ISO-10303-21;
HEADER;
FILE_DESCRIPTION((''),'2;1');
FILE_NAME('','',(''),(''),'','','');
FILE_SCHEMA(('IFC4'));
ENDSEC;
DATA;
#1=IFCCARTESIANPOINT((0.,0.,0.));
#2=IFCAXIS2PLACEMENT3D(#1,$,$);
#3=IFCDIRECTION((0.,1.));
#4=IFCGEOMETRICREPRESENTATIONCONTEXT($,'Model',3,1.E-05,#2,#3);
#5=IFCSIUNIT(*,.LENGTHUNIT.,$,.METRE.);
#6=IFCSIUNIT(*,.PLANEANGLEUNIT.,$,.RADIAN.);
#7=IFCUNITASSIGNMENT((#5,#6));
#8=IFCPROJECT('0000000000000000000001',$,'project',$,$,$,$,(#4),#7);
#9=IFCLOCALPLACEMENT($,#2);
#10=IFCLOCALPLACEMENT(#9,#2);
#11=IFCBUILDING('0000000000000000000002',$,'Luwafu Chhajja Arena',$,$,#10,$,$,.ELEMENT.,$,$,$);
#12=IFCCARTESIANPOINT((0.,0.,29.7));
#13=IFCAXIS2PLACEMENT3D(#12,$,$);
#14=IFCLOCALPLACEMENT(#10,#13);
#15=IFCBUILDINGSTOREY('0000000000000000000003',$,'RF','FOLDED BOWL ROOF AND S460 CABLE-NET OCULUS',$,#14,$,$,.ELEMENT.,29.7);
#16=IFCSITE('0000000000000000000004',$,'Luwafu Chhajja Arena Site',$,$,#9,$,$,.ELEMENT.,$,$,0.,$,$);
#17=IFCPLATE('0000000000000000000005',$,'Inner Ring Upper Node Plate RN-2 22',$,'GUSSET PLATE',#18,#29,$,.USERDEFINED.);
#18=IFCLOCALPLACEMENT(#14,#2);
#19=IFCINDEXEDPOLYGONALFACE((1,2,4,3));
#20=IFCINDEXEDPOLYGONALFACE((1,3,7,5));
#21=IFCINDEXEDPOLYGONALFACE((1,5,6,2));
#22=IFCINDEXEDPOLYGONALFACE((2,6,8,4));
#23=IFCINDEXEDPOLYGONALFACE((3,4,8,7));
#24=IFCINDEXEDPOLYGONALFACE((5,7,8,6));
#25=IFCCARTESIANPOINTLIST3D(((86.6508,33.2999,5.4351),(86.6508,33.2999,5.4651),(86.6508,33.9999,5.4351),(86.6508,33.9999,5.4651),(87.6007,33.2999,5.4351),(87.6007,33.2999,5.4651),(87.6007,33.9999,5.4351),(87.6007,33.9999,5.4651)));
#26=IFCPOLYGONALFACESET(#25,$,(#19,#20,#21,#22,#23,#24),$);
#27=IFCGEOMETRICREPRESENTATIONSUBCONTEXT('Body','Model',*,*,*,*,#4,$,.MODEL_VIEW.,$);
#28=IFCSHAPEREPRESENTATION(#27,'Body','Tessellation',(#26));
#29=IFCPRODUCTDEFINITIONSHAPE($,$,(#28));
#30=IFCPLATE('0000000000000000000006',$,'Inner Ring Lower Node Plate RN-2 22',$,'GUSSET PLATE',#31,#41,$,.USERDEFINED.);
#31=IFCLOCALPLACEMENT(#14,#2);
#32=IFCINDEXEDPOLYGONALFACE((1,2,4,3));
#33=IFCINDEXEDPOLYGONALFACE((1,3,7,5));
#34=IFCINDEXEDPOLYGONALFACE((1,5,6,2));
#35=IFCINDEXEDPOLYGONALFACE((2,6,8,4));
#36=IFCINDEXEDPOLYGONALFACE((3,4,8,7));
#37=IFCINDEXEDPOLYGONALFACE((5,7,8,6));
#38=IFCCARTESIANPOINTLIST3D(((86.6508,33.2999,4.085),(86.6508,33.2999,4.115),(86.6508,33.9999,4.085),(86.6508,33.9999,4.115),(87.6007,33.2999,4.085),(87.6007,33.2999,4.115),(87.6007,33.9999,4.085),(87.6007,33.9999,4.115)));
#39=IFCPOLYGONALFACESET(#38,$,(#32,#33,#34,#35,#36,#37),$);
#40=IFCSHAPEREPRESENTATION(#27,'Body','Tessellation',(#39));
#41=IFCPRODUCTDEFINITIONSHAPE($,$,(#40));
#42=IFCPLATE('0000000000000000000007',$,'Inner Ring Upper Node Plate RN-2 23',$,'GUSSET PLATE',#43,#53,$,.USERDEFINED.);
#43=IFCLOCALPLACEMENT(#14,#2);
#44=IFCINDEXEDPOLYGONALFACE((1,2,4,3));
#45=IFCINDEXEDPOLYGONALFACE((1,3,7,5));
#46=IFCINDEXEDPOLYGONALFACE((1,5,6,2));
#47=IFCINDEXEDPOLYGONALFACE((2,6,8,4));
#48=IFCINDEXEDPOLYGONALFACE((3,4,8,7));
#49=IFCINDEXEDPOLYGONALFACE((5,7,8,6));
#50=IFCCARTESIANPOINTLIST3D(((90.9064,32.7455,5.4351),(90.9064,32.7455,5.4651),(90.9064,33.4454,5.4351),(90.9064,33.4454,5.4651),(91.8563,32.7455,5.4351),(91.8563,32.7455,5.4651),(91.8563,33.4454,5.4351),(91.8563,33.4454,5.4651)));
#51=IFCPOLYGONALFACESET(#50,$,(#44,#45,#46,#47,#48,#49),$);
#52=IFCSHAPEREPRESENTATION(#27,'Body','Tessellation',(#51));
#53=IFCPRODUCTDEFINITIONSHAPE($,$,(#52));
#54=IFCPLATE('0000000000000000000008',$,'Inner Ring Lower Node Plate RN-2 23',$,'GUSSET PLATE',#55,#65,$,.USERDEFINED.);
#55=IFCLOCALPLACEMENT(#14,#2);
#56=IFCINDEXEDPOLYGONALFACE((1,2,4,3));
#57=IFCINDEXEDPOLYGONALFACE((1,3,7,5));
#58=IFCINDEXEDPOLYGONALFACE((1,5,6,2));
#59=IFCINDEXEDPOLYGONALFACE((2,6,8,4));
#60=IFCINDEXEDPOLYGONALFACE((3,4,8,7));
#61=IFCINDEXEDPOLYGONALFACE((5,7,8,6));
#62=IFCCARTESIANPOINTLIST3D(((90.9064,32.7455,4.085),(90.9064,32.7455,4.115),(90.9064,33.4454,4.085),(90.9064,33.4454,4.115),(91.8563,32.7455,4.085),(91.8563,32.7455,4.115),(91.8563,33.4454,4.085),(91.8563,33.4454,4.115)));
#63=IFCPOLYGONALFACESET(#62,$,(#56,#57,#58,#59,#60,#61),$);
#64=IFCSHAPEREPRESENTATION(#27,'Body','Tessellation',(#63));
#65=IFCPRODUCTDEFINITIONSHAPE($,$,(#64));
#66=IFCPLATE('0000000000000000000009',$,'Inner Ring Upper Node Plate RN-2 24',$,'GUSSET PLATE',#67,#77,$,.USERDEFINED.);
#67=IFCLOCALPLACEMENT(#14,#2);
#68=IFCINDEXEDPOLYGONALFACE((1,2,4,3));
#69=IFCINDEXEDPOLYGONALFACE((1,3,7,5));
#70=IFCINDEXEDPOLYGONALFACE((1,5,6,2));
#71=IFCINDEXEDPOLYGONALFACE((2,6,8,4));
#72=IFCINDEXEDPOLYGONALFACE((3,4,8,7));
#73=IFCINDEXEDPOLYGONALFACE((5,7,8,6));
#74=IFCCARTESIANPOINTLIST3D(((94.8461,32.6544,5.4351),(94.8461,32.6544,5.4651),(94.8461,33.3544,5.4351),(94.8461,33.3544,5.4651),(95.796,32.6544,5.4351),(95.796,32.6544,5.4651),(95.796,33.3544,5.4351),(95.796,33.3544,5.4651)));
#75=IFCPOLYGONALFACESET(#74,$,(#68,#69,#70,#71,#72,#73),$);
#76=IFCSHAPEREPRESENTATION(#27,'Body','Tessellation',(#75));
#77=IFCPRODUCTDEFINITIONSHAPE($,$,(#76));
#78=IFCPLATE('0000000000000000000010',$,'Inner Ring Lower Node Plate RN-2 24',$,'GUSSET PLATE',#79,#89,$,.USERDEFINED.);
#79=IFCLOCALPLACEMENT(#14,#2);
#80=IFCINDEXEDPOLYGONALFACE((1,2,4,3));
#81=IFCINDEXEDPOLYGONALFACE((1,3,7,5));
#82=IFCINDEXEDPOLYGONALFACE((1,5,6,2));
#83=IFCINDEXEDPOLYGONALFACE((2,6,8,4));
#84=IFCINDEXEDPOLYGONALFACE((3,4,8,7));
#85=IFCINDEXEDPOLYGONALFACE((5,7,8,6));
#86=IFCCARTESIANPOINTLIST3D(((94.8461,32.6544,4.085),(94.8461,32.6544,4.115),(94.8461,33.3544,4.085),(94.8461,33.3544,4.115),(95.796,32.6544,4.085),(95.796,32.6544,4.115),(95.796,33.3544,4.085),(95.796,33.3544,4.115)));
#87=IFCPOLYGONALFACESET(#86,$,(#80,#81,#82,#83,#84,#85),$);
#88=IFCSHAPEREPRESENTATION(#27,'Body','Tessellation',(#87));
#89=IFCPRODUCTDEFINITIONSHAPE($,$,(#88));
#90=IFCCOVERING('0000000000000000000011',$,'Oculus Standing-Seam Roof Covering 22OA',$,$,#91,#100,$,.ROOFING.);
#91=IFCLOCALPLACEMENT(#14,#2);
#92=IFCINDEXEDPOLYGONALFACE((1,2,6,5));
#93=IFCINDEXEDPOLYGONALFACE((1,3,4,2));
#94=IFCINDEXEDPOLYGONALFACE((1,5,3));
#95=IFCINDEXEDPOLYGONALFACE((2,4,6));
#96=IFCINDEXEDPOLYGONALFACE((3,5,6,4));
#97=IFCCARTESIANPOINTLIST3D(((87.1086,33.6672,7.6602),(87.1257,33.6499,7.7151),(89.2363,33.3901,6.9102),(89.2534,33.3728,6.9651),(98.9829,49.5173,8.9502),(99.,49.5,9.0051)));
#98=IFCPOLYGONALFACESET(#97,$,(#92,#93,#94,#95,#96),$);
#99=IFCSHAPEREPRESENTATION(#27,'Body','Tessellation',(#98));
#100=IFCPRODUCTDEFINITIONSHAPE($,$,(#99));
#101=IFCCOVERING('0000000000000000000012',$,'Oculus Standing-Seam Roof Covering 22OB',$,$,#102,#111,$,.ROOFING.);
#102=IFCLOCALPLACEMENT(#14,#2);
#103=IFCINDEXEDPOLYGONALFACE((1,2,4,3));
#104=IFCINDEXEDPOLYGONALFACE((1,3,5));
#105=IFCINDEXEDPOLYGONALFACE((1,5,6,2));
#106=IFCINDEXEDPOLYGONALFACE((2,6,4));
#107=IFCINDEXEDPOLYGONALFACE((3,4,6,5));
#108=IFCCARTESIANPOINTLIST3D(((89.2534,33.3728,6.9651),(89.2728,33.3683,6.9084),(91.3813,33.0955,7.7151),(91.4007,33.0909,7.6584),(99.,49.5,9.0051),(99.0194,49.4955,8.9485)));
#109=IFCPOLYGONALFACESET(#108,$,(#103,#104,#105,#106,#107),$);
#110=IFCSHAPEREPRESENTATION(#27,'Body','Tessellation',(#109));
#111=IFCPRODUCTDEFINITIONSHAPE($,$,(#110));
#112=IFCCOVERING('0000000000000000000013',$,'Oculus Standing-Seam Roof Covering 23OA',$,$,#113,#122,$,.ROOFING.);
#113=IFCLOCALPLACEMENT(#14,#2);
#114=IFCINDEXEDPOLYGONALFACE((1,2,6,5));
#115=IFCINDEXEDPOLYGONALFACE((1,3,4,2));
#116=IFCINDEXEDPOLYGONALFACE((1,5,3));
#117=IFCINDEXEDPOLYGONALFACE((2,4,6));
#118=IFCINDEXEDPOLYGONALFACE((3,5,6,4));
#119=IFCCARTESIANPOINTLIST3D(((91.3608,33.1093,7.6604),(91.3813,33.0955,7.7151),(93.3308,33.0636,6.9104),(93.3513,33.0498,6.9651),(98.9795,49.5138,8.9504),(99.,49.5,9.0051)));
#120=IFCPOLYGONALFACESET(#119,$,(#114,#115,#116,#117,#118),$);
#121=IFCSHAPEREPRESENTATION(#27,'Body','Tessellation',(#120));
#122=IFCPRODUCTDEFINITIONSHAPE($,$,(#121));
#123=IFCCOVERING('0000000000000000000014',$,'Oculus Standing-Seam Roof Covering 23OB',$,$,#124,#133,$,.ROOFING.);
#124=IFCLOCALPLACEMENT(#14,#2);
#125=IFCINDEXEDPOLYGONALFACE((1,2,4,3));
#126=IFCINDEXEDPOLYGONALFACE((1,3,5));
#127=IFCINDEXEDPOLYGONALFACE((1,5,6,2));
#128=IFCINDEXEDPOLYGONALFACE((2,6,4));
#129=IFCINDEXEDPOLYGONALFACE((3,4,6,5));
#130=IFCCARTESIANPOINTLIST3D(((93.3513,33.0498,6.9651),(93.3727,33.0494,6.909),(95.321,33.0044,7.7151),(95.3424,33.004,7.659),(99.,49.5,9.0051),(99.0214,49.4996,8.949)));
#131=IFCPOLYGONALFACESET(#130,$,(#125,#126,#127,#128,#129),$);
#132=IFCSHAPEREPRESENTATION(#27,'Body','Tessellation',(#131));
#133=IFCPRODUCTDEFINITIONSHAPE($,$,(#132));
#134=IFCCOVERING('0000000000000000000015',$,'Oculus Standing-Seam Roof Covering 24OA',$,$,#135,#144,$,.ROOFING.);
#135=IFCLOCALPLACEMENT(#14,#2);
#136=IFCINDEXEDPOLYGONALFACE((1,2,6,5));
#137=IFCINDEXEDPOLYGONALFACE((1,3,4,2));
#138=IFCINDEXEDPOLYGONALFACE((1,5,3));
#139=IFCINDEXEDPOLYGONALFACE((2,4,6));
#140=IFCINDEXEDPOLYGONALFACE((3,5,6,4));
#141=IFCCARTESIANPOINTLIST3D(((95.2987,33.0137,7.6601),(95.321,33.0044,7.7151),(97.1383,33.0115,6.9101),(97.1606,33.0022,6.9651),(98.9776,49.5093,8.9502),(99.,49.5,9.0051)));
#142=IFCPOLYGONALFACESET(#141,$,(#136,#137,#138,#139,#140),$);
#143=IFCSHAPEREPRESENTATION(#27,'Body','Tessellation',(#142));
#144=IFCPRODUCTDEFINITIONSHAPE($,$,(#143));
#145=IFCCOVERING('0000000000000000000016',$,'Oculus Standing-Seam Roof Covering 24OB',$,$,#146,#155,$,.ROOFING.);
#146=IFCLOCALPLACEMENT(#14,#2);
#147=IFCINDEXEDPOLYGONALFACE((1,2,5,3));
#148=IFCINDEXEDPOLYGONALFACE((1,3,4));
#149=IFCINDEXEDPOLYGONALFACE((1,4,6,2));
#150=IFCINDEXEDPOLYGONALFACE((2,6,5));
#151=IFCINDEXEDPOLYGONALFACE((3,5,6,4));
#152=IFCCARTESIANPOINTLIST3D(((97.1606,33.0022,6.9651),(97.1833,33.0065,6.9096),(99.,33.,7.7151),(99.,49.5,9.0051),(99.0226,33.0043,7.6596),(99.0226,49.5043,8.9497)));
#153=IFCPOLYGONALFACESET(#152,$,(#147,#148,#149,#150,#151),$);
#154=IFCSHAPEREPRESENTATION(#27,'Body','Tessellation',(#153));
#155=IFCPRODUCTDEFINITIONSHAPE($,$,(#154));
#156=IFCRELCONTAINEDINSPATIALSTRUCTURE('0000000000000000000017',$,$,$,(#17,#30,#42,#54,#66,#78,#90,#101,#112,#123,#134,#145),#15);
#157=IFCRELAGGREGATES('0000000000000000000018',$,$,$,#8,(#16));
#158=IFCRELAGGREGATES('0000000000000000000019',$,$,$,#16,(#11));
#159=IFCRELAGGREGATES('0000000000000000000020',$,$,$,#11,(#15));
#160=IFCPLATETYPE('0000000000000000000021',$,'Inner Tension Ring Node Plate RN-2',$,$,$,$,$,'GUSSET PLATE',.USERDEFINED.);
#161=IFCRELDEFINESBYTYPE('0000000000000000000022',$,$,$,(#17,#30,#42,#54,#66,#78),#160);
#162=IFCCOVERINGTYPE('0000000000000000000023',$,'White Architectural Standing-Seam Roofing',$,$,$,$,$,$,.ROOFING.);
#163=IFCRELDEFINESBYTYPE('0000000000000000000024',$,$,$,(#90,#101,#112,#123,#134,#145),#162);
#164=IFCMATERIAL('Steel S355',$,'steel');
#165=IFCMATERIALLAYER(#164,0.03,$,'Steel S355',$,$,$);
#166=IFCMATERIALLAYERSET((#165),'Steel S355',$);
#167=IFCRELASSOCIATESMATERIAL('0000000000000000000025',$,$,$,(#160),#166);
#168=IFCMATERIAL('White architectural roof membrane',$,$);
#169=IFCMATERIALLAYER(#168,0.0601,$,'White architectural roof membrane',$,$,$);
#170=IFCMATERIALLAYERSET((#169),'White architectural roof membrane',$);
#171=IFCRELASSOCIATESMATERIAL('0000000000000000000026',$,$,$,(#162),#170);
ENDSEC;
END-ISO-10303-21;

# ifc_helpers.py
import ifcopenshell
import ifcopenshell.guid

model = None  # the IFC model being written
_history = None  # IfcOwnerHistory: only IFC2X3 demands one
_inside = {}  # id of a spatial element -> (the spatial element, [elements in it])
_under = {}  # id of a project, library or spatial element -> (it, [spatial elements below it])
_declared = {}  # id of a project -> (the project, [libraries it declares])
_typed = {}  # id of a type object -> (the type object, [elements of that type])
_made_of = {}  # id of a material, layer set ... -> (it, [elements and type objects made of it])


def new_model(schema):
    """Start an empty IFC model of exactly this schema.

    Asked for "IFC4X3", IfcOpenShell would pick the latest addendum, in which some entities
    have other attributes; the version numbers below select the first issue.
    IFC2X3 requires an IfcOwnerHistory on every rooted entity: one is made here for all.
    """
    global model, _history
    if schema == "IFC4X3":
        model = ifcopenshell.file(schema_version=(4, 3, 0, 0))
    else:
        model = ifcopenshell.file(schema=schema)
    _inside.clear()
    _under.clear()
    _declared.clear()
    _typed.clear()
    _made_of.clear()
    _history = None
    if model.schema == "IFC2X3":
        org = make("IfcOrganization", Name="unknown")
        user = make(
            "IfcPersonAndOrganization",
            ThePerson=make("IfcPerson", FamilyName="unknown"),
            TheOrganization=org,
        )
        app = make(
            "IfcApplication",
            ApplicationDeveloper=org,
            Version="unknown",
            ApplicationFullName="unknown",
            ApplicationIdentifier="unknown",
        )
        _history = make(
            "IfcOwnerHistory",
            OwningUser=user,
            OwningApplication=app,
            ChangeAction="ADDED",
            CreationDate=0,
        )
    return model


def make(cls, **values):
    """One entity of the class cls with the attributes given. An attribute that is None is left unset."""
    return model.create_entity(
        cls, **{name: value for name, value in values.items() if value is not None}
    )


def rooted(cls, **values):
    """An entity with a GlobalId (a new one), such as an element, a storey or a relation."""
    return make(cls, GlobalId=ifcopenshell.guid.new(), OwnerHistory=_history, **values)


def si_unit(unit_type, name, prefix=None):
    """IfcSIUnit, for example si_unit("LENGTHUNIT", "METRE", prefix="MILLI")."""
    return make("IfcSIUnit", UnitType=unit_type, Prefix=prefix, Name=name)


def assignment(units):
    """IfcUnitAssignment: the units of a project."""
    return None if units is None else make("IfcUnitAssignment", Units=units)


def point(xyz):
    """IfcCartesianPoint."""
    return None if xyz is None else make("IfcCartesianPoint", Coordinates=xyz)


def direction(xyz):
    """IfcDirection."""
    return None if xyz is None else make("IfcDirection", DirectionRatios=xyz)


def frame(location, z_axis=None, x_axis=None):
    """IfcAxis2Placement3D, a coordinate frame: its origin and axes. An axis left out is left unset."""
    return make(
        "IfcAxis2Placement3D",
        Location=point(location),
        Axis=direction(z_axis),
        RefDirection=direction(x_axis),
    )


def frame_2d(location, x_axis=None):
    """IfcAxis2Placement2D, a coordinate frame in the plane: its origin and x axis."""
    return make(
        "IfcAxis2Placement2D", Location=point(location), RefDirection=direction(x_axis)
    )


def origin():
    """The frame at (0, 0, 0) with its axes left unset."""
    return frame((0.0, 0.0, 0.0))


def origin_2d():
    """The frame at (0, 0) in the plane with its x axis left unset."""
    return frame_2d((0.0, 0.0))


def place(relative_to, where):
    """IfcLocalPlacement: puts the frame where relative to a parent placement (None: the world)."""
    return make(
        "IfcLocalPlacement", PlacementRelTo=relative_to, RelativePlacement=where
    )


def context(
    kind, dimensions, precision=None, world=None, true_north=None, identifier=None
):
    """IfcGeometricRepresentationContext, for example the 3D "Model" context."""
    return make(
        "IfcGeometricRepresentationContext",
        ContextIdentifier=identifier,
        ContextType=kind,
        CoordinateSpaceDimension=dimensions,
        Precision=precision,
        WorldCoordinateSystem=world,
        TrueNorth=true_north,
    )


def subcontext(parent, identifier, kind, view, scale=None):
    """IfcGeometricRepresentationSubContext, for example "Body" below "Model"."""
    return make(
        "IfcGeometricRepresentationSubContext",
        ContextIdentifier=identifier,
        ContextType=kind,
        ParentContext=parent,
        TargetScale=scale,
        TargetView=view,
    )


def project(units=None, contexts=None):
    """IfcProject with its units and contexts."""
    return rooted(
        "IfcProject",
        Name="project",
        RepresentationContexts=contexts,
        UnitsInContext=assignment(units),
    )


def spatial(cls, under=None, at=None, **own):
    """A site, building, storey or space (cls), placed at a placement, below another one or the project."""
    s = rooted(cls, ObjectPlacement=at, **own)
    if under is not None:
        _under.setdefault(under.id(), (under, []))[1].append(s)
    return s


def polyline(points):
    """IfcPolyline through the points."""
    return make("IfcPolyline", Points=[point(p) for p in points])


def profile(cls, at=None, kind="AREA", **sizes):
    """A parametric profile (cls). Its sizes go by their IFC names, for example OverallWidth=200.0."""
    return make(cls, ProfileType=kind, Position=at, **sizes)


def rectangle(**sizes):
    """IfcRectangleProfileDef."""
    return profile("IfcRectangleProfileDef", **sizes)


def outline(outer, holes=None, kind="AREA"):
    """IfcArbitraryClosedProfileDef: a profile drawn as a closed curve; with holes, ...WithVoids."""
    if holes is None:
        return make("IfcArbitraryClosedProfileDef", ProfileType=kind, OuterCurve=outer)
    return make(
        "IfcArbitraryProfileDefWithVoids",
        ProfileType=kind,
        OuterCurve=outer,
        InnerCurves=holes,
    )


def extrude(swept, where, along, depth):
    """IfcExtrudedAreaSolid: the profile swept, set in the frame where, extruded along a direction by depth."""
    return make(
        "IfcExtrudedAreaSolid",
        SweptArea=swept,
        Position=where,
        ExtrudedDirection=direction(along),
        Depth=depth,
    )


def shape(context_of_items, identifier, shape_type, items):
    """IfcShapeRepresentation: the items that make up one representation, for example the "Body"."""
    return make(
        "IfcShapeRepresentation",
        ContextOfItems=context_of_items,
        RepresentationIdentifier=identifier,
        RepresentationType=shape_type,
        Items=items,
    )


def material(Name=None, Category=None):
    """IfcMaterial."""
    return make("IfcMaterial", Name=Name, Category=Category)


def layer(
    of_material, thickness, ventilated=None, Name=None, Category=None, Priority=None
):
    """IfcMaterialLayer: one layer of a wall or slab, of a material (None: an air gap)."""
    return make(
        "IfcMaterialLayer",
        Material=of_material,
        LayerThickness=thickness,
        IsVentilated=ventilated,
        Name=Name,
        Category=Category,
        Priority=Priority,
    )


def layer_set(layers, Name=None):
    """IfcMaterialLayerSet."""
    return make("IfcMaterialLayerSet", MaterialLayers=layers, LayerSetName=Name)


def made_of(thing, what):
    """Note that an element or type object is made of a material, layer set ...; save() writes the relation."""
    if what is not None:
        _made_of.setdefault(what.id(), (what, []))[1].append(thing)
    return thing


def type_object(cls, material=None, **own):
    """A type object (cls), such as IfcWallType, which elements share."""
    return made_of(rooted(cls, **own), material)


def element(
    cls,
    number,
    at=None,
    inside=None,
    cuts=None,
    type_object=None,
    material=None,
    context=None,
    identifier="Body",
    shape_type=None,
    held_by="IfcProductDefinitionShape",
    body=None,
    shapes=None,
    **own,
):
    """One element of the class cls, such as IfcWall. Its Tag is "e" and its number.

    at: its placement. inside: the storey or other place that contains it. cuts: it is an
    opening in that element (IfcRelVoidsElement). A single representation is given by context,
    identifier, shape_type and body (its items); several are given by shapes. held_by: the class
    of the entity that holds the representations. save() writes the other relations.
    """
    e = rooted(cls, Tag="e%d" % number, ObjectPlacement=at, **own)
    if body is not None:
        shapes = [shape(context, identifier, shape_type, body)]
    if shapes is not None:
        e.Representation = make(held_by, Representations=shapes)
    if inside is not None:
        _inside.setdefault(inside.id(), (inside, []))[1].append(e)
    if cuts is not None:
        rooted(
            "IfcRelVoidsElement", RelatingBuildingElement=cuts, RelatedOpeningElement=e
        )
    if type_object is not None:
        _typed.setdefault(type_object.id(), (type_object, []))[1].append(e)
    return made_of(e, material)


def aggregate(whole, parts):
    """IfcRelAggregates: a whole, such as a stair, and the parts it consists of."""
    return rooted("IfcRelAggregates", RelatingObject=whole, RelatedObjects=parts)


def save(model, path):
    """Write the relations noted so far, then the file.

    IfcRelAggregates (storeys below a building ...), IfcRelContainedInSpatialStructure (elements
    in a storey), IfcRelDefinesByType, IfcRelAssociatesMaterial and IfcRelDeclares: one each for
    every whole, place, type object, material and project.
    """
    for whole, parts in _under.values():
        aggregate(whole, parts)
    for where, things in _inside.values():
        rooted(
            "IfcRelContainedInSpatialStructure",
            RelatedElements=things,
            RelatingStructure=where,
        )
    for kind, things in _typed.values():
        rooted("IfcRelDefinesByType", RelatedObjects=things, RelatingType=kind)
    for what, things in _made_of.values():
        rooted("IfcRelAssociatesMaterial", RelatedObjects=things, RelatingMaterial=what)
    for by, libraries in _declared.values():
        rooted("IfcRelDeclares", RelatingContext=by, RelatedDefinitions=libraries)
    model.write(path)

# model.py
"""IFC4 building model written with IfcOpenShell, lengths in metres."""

from ifc_helpers import new_model, si_unit, direction, frame, origin, origin_2d, place, context, subcontext, project, spatial, polyline, rectangle, outline, extrude, material, layer, layer_set, type_object, element, save


model = new_model("IFC4")

# Units and contexts
model_context = context("Model", 3, precision=1e-05, world=origin(), true_north=direction((0.0, 1.0)))
body_context = subcontext(model_context, "Body", "Model", "MODEL_VIEW")
ifc_project = project(units=[si_unit("LENGTHUNIT", "METRE"), si_unit("PLANEANGLEUNIT", "RADIAN")], contexts=[model_context])

# Site, building, storey
site_placement = place(None, origin())
site = spatial("IfcSite", under=ifc_project, at=site_placement, Name="Luwafu Chhajja Arena Site", CompositionType="ELEMENT", RefElevation=0.0)
building_placement = place(site_placement, origin())
building = spatial("IfcBuilding", under=site, at=building_placement, Name="Luwafu Chhajja Arena", CompositionType="ELEMENT")
storey_placement = place(building_placement, frame((0.0, 0.0, 29.7)))
storey = spatial("IfcBuildingStorey", under=building, at=storey_placement, Name="RF", Description="FOLDED BOWL ROOF AND S460 CABLE-NET OCULUS", CompositionType="ELEMENT", Elevation=29.7)

# Shared definitions
ifc_material_1 = material(Name="Steel S355", Category="steel")

# Plates
ifc_layer_1 = layer(ifc_material_1, 0.03, Name="Steel S355")
ifc_layer_set_1 = layer_set([ifc_layer_1], Name="Steel S355")
plate_type = type_object("IfcPlateType", Name="Inner Tension Ring Node Plate RN-2", ElementType="GUSSET PLATE", PredefinedType="USERDEFINED", material=ifc_layer_set_1)
for number, where, z_axis, x_axis, name in (
    (1, (87.1257, 33.6499, 5.4351), (0.0, 0.0, 1.0), (1.0, 0.0, 0.0), "Inner Ring Upper Node Plate RN-2 22"),
    (2, (87.1257, 33.6499, 4.085), (0.0, 0.0, 1.0), (1.0, 0.0, 0.0), "Inner Ring Lower Node Plate RN-2 22"),
    (3, (91.3813, 33.0955, 5.4351), (0.0, 0.0, 1.0), (1.0, 0.0, 0.0), "Inner Ring Upper Node Plate RN-2 23"),
    (4, (91.3813, 33.0955, 4.085), (0.0, 0.0, 1.0), (1.0, 0.0, 0.0), "Inner Ring Lower Node Plate RN-2 23"),
    (5, (95.321, 33.0044, 5.4351), (0.0, 0.0, 1.0), (1.0, 0.0, 0.0), "Inner Ring Upper Node Plate RN-2 24"),
    (6, (95.321, 33.0044, 4.085), (0.0, 0.0, 1.0), (1.0, 0.0, 0.0), "Inner Ring Lower Node Plate RN-2 24"),
):
    element("IfcPlate", number, at=place(storey_placement, frame(where, z_axis=z_axis, x_axis=x_axis)), inside=storey, type_object=plate_type, Name=name, ObjectType="GUSSET PLATE", PredefinedType="USERDEFINED", context=body_context, shape_type="SweptSolid", body=[
        extrude(rectangle(XDim=0.95, YDim=0.7, at=origin_2d()), origin(), (0.0, 0.0, 1.0), 0.03),
    ])

# Coverings
ifc_material_2 = material(Name="White architectural roof membrane")
ifc_layer_2 = layer(ifc_material_2, 0.0601, Name="White architectural roof membrane")
ifc_layer_set_2 = layer_set([ifc_layer_2], Name="White architectural roof membrane")
covering_type = type_object("IfcCoveringType", Name="White Architectural Standing-Seam Roofing", PredefinedType="ROOFING", material=ifc_layer_set_2)
covering_1_placement = place(storey_placement, frame((87.1257, 33.6499, 7.7151), z_axis=(0.284825, -0.287799, 0.914356), x_axis=(0.936087, -0.121912, -0.329967)))
element("IfcCovering", 7, at=covering_1_placement, inside=storey, type_object=covering_type, Name="Oculus Standing-Seam Roof Covering 22OA", PredefinedType="ROOFING", context=body_context, shape_type="SweptSolid", body=[
    extrude(outline(polyline([(0.0, 0.0), (2.273, 0.0), (8.7574, 17.81), (0.0, 0.0)])), origin(), (0.0, 0.0, -1.0), 0.0601),
])
covering_2_placement = place(storey_placement, frame((89.2534, 33.3728, 6.9651), z_axis=(-0.322673, 0.075663, 0.943481), x_axis=(0.936088, -0.122005, 0.329929)))
element("IfcCovering", 8, at=covering_2_placement, inside=storey, type_object=covering_type, Name="Oculus Standing-Seam Roof Covering 22OB", PredefinedType="ROOFING", context=body_context, shape_type="SweptSolid", body=[
    extrude(outline(polyline([(0.0, 0.0), (2.2732, 0.0), (7.8291, 17.2612), (0.0, 0.0)])), origin(), (0.0, 0.0, -1.0), 0.0601),
])
covering_3_placement = place(storey_placement, frame((91.3813, 33.0955, 7.7151), z_axis=(0.341573, -0.230291, 0.911205), x_axis=(0.934342, -0.021653, -0.355719)))
element("IfcCovering", 9, at=covering_3_placement, inside=storey, type_object=covering_type, Name="Oculus Standing-Seam Roof Covering 23OA", PredefinedType="ROOFING", context=body_context, shape_type="SweptSolid", body=[
    extrude(outline(polyline([(0.0, 0.0), (2.1084, 0.0), (6.3043, 17.0021), (0.0, 0.0)])), origin(), (0.0, 0.0, -1.0), 0.0601),
])
covering_4_placement = place(storey_placement, frame((93.3513, 33.0498, 6.9651), z_axis=(-0.355709, 0.006244, 0.934576), x_axis=(0.93433, -0.02154, 0.355759)))
element("IfcCovering", 10, at=covering_4_placement, inside=storey, type_object=covering_type, Name="Oculus Standing-Seam Roof Covering 23OB", PredefinedType="ROOFING", context=body_context, shape_type="SweptSolid", body=[
    extrude(outline(polyline([(0.0, 0.0), (2.1082, 0.0), (5.6492, 16.576), (0.0, 0.0)])), origin(), (0.0, 0.0, -1.0), 0.0601),
])
covering_5_placement = place(storey_placement, frame((95.321, 33.0044, 7.7151), z_axis=(0.372824, -0.154701, 0.914915), x_axis=(0.925998, -0.001106, -0.377527)))
element("IfcCovering", 11, at=covering_5_placement, inside=storey, type_object=covering_type, Name="Oculus Standing-Seam Roof Covering 24OA", PredefinedType="ROOFING", context=body_context, shape_type="SweptSolid", body=[
    extrude(outline(polyline([(0.0, 0.0), (1.9866, 0.0), (2.9014, 16.6999), (0.0, 0.0)])), origin(), (0.0, 0.0, -1.0), 0.0601),
])
covering_6_placement = place(storey_placement, frame((97.1606, 33.0022, 6.9651), z_axis=(-0.376659, -0.072206, 0.923534), x_axis=(0.92598, -0.001106, 0.37757)))
element("IfcCovering", 12, at=covering_6_placement, inside=storey, type_object=covering_type, Name="Oculus Standing-Seam Roof Covering 24OB", PredefinedType="ROOFING", context=body_context, shape_type="SweptSolid", body=[
    extrude(outline(polyline([(0.0, 0.0), (1.9864, 0.0), (2.4552, 16.5437), (0.0, 0.0)])), origin(), (0.0, 0.0, -1.0), 0.0601),
])

save(model, "model.ifc")
